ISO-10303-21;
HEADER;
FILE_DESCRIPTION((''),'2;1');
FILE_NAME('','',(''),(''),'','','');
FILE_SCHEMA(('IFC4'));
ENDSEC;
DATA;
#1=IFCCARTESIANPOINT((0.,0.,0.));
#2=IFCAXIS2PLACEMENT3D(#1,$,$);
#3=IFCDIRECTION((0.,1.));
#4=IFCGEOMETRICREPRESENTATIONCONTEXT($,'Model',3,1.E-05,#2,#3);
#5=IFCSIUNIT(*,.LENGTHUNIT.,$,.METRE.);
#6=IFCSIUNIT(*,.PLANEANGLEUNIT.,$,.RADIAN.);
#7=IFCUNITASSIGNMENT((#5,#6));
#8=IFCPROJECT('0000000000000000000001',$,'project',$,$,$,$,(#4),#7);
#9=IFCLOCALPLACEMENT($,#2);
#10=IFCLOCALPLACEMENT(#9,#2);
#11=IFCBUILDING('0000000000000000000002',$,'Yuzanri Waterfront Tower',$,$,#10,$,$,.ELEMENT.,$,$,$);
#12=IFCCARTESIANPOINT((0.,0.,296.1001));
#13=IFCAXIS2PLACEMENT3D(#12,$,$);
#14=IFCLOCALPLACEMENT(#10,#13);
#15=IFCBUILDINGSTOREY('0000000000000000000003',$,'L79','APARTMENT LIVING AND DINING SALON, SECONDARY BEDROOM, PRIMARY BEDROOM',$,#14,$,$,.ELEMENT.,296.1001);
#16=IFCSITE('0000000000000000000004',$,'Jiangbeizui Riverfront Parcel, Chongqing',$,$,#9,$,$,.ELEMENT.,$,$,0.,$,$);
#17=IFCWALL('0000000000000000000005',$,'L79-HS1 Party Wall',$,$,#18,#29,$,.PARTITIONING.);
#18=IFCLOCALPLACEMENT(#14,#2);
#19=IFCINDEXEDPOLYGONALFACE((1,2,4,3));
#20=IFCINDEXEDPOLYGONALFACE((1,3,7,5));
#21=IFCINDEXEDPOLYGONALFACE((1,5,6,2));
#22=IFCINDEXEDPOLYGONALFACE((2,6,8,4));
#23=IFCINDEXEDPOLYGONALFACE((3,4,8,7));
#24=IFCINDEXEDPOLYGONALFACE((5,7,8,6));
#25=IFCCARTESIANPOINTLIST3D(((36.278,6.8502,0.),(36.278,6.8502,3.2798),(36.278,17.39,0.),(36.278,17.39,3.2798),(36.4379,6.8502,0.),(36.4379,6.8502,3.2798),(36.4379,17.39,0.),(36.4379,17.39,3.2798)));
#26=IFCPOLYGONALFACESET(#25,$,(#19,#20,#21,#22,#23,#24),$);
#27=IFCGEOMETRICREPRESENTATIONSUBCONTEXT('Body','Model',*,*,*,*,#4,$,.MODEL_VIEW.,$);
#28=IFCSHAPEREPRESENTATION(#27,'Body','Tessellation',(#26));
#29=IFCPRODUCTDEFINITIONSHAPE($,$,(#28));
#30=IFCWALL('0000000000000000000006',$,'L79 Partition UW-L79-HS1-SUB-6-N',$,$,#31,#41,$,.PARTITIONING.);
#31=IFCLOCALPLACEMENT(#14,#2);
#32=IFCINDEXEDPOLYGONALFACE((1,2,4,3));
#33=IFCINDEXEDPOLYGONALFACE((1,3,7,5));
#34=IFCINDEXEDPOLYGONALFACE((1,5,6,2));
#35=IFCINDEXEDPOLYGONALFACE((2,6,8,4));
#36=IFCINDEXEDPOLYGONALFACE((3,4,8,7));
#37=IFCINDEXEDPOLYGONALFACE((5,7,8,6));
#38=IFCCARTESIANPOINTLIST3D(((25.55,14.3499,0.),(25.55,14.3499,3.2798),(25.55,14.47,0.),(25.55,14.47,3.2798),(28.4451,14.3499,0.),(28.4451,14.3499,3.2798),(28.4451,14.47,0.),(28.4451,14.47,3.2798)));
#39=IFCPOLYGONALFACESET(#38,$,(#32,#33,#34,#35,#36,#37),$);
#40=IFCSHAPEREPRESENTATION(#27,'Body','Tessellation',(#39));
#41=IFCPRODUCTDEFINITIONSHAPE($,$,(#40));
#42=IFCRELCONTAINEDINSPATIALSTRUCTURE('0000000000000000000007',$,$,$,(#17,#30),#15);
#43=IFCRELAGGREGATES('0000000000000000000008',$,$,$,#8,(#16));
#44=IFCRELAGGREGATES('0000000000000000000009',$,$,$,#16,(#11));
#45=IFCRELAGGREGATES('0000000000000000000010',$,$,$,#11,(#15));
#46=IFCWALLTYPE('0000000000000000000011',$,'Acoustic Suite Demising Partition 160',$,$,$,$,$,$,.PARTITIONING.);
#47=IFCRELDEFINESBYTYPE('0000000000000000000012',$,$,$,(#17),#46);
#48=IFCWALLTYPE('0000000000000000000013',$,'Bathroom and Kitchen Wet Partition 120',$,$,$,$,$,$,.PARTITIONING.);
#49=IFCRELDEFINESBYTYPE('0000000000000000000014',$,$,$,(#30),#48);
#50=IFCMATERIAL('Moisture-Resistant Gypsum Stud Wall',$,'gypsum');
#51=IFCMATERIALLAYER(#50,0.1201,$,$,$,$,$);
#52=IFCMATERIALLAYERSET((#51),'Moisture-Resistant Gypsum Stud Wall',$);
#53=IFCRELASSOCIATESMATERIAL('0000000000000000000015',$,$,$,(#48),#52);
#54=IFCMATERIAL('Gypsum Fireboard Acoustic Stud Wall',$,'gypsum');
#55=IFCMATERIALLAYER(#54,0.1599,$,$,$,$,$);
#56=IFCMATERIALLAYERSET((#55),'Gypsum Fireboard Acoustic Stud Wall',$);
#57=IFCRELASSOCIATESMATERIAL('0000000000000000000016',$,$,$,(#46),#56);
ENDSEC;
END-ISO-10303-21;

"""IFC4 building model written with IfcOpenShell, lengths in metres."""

from ifc_helpers import new_model, si_unit, direction, frame, frame_2d, origin, place, context, subcontext, project, spatial, rectangle, extrude, source, transform, mapped, material, layer, layer_set, type_object, element, save


model = new_model("IFC4")

# Units and contexts
model_context = context("Model", 3, precision=1e-05, world=origin(), true_north=direction((0.0, 1.0)))
body_context = subcontext(model_context, "Body", "Model", "MODEL_VIEW")
ifc_project = project(units=[si_unit("LENGTHUNIT", "METRE"), si_unit("PLANEANGLEUNIT", "RADIAN")], contexts=[model_context])

# Site, building, storey
site_placement = place(None, origin())
site = spatial("IfcSite", under=ifc_project, at=site_placement, Name="Jiangbeizui Riverfront Parcel, Chongqing", CompositionType="ELEMENT", RefElevation=0.0)
building_placement = place(site_placement, origin())
building = spatial("IfcBuilding", under=site, at=building_placement, Name="Yuzanri Waterfront Tower", CompositionType="ELEMENT")
storey_placement = place(building_placement, frame((0.0, 0.0, 296.1001)))
storey = spatial("IfcBuildingStorey", under=building, at=storey_placement, Name="L79", Description="APARTMENT LIVING AND DINING SALON, SECONDARY BEDROOM, PRIMARY BEDROOM", CompositionType="ELEMENT", Elevation=296.1001)

# Shared definitions
ifc_material_1 = material(Name="Moisture-Resistant Gypsum Stud Wall", Category="gypsum")
ifc_layer_1 = layer(ifc_material_1, 0.1201)
ifc_layer_set_1 = layer_set([ifc_layer_1], Name="Moisture-Resistant Gypsum Stud Wall")
wall_type_1 = type_object("IfcWallType", Name="Bathroom and Kitchen Wet Partition 120", PredefinedType="PARTITIONING", material=ifc_layer_set_1)

# Walls
ifc_material_2 = material(Name="Gypsum Fireboard Acoustic Stud Wall", Category="gypsum")
ifc_layer_2 = layer(ifc_material_2, 0.1599)
ifc_layer_set_2 = layer_set([ifc_layer_2], Name="Gypsum Fireboard Acoustic Stud Wall")
wall_type_2 = type_object("IfcWallType", Name="Acoustic Suite Demising Partition 160", PredefinedType="PARTITIONING", material=ifc_layer_set_2)
shared_shape_1 = source(origin(), body_context, "Body", "SweptSolid", [
    extrude(rectangle(XDim=10.5398, YDim=0.1599, at=frame_2d((5.27, 0.0))), origin(), (0.0, 0.0, 1.0), 3.2798),
])
wall_1_placement = place(storey_placement, frame((36.3579, 6.8501, 0.0), z_axis=(0.0, 0.0, 1.0), x_axis=(0.0, 1.0, 0.0)))
element("IfcWall", 1, at=wall_1_placement, inside=storey, type_object=wall_type_2, Name="L79-HS1 Party Wall", PredefinedType="PARTITIONING", context=body_context, shape_type="MappedRepresentation", body=[
    mapped(shared_shape_1, transform((0.0, 0.0, 0.0), scale=1.0)),
])
shared_shape_2 = source(origin(), body_context, "Body", "SweptSolid", [
    extrude(rectangle(XDim=2.895, YDim=0.1201, at=frame_2d((1.4475, 0.0))), origin(), (0.0, 0.0, 1.0), 3.2798),
])
wall_2_placement = place(storey_placement, frame((25.55, 14.4099, 0.0), z_axis=(0.0, 0.0, 1.0), x_axis=(1.0, 0.0, 0.0)))
element("IfcWall", 2, at=wall_2_placement, inside=storey, type_object=wall_type_1, Name="L79 Partition UW-L79-HS1-SUB-6-N", PredefinedType="PARTITIONING", context=body_context, shape_type="MappedRepresentation", body=[
    mapped(shared_shape_2, transform((0.0, 0.0, 0.0), scale=1.0)),
])

save(model, "model.ifc")
